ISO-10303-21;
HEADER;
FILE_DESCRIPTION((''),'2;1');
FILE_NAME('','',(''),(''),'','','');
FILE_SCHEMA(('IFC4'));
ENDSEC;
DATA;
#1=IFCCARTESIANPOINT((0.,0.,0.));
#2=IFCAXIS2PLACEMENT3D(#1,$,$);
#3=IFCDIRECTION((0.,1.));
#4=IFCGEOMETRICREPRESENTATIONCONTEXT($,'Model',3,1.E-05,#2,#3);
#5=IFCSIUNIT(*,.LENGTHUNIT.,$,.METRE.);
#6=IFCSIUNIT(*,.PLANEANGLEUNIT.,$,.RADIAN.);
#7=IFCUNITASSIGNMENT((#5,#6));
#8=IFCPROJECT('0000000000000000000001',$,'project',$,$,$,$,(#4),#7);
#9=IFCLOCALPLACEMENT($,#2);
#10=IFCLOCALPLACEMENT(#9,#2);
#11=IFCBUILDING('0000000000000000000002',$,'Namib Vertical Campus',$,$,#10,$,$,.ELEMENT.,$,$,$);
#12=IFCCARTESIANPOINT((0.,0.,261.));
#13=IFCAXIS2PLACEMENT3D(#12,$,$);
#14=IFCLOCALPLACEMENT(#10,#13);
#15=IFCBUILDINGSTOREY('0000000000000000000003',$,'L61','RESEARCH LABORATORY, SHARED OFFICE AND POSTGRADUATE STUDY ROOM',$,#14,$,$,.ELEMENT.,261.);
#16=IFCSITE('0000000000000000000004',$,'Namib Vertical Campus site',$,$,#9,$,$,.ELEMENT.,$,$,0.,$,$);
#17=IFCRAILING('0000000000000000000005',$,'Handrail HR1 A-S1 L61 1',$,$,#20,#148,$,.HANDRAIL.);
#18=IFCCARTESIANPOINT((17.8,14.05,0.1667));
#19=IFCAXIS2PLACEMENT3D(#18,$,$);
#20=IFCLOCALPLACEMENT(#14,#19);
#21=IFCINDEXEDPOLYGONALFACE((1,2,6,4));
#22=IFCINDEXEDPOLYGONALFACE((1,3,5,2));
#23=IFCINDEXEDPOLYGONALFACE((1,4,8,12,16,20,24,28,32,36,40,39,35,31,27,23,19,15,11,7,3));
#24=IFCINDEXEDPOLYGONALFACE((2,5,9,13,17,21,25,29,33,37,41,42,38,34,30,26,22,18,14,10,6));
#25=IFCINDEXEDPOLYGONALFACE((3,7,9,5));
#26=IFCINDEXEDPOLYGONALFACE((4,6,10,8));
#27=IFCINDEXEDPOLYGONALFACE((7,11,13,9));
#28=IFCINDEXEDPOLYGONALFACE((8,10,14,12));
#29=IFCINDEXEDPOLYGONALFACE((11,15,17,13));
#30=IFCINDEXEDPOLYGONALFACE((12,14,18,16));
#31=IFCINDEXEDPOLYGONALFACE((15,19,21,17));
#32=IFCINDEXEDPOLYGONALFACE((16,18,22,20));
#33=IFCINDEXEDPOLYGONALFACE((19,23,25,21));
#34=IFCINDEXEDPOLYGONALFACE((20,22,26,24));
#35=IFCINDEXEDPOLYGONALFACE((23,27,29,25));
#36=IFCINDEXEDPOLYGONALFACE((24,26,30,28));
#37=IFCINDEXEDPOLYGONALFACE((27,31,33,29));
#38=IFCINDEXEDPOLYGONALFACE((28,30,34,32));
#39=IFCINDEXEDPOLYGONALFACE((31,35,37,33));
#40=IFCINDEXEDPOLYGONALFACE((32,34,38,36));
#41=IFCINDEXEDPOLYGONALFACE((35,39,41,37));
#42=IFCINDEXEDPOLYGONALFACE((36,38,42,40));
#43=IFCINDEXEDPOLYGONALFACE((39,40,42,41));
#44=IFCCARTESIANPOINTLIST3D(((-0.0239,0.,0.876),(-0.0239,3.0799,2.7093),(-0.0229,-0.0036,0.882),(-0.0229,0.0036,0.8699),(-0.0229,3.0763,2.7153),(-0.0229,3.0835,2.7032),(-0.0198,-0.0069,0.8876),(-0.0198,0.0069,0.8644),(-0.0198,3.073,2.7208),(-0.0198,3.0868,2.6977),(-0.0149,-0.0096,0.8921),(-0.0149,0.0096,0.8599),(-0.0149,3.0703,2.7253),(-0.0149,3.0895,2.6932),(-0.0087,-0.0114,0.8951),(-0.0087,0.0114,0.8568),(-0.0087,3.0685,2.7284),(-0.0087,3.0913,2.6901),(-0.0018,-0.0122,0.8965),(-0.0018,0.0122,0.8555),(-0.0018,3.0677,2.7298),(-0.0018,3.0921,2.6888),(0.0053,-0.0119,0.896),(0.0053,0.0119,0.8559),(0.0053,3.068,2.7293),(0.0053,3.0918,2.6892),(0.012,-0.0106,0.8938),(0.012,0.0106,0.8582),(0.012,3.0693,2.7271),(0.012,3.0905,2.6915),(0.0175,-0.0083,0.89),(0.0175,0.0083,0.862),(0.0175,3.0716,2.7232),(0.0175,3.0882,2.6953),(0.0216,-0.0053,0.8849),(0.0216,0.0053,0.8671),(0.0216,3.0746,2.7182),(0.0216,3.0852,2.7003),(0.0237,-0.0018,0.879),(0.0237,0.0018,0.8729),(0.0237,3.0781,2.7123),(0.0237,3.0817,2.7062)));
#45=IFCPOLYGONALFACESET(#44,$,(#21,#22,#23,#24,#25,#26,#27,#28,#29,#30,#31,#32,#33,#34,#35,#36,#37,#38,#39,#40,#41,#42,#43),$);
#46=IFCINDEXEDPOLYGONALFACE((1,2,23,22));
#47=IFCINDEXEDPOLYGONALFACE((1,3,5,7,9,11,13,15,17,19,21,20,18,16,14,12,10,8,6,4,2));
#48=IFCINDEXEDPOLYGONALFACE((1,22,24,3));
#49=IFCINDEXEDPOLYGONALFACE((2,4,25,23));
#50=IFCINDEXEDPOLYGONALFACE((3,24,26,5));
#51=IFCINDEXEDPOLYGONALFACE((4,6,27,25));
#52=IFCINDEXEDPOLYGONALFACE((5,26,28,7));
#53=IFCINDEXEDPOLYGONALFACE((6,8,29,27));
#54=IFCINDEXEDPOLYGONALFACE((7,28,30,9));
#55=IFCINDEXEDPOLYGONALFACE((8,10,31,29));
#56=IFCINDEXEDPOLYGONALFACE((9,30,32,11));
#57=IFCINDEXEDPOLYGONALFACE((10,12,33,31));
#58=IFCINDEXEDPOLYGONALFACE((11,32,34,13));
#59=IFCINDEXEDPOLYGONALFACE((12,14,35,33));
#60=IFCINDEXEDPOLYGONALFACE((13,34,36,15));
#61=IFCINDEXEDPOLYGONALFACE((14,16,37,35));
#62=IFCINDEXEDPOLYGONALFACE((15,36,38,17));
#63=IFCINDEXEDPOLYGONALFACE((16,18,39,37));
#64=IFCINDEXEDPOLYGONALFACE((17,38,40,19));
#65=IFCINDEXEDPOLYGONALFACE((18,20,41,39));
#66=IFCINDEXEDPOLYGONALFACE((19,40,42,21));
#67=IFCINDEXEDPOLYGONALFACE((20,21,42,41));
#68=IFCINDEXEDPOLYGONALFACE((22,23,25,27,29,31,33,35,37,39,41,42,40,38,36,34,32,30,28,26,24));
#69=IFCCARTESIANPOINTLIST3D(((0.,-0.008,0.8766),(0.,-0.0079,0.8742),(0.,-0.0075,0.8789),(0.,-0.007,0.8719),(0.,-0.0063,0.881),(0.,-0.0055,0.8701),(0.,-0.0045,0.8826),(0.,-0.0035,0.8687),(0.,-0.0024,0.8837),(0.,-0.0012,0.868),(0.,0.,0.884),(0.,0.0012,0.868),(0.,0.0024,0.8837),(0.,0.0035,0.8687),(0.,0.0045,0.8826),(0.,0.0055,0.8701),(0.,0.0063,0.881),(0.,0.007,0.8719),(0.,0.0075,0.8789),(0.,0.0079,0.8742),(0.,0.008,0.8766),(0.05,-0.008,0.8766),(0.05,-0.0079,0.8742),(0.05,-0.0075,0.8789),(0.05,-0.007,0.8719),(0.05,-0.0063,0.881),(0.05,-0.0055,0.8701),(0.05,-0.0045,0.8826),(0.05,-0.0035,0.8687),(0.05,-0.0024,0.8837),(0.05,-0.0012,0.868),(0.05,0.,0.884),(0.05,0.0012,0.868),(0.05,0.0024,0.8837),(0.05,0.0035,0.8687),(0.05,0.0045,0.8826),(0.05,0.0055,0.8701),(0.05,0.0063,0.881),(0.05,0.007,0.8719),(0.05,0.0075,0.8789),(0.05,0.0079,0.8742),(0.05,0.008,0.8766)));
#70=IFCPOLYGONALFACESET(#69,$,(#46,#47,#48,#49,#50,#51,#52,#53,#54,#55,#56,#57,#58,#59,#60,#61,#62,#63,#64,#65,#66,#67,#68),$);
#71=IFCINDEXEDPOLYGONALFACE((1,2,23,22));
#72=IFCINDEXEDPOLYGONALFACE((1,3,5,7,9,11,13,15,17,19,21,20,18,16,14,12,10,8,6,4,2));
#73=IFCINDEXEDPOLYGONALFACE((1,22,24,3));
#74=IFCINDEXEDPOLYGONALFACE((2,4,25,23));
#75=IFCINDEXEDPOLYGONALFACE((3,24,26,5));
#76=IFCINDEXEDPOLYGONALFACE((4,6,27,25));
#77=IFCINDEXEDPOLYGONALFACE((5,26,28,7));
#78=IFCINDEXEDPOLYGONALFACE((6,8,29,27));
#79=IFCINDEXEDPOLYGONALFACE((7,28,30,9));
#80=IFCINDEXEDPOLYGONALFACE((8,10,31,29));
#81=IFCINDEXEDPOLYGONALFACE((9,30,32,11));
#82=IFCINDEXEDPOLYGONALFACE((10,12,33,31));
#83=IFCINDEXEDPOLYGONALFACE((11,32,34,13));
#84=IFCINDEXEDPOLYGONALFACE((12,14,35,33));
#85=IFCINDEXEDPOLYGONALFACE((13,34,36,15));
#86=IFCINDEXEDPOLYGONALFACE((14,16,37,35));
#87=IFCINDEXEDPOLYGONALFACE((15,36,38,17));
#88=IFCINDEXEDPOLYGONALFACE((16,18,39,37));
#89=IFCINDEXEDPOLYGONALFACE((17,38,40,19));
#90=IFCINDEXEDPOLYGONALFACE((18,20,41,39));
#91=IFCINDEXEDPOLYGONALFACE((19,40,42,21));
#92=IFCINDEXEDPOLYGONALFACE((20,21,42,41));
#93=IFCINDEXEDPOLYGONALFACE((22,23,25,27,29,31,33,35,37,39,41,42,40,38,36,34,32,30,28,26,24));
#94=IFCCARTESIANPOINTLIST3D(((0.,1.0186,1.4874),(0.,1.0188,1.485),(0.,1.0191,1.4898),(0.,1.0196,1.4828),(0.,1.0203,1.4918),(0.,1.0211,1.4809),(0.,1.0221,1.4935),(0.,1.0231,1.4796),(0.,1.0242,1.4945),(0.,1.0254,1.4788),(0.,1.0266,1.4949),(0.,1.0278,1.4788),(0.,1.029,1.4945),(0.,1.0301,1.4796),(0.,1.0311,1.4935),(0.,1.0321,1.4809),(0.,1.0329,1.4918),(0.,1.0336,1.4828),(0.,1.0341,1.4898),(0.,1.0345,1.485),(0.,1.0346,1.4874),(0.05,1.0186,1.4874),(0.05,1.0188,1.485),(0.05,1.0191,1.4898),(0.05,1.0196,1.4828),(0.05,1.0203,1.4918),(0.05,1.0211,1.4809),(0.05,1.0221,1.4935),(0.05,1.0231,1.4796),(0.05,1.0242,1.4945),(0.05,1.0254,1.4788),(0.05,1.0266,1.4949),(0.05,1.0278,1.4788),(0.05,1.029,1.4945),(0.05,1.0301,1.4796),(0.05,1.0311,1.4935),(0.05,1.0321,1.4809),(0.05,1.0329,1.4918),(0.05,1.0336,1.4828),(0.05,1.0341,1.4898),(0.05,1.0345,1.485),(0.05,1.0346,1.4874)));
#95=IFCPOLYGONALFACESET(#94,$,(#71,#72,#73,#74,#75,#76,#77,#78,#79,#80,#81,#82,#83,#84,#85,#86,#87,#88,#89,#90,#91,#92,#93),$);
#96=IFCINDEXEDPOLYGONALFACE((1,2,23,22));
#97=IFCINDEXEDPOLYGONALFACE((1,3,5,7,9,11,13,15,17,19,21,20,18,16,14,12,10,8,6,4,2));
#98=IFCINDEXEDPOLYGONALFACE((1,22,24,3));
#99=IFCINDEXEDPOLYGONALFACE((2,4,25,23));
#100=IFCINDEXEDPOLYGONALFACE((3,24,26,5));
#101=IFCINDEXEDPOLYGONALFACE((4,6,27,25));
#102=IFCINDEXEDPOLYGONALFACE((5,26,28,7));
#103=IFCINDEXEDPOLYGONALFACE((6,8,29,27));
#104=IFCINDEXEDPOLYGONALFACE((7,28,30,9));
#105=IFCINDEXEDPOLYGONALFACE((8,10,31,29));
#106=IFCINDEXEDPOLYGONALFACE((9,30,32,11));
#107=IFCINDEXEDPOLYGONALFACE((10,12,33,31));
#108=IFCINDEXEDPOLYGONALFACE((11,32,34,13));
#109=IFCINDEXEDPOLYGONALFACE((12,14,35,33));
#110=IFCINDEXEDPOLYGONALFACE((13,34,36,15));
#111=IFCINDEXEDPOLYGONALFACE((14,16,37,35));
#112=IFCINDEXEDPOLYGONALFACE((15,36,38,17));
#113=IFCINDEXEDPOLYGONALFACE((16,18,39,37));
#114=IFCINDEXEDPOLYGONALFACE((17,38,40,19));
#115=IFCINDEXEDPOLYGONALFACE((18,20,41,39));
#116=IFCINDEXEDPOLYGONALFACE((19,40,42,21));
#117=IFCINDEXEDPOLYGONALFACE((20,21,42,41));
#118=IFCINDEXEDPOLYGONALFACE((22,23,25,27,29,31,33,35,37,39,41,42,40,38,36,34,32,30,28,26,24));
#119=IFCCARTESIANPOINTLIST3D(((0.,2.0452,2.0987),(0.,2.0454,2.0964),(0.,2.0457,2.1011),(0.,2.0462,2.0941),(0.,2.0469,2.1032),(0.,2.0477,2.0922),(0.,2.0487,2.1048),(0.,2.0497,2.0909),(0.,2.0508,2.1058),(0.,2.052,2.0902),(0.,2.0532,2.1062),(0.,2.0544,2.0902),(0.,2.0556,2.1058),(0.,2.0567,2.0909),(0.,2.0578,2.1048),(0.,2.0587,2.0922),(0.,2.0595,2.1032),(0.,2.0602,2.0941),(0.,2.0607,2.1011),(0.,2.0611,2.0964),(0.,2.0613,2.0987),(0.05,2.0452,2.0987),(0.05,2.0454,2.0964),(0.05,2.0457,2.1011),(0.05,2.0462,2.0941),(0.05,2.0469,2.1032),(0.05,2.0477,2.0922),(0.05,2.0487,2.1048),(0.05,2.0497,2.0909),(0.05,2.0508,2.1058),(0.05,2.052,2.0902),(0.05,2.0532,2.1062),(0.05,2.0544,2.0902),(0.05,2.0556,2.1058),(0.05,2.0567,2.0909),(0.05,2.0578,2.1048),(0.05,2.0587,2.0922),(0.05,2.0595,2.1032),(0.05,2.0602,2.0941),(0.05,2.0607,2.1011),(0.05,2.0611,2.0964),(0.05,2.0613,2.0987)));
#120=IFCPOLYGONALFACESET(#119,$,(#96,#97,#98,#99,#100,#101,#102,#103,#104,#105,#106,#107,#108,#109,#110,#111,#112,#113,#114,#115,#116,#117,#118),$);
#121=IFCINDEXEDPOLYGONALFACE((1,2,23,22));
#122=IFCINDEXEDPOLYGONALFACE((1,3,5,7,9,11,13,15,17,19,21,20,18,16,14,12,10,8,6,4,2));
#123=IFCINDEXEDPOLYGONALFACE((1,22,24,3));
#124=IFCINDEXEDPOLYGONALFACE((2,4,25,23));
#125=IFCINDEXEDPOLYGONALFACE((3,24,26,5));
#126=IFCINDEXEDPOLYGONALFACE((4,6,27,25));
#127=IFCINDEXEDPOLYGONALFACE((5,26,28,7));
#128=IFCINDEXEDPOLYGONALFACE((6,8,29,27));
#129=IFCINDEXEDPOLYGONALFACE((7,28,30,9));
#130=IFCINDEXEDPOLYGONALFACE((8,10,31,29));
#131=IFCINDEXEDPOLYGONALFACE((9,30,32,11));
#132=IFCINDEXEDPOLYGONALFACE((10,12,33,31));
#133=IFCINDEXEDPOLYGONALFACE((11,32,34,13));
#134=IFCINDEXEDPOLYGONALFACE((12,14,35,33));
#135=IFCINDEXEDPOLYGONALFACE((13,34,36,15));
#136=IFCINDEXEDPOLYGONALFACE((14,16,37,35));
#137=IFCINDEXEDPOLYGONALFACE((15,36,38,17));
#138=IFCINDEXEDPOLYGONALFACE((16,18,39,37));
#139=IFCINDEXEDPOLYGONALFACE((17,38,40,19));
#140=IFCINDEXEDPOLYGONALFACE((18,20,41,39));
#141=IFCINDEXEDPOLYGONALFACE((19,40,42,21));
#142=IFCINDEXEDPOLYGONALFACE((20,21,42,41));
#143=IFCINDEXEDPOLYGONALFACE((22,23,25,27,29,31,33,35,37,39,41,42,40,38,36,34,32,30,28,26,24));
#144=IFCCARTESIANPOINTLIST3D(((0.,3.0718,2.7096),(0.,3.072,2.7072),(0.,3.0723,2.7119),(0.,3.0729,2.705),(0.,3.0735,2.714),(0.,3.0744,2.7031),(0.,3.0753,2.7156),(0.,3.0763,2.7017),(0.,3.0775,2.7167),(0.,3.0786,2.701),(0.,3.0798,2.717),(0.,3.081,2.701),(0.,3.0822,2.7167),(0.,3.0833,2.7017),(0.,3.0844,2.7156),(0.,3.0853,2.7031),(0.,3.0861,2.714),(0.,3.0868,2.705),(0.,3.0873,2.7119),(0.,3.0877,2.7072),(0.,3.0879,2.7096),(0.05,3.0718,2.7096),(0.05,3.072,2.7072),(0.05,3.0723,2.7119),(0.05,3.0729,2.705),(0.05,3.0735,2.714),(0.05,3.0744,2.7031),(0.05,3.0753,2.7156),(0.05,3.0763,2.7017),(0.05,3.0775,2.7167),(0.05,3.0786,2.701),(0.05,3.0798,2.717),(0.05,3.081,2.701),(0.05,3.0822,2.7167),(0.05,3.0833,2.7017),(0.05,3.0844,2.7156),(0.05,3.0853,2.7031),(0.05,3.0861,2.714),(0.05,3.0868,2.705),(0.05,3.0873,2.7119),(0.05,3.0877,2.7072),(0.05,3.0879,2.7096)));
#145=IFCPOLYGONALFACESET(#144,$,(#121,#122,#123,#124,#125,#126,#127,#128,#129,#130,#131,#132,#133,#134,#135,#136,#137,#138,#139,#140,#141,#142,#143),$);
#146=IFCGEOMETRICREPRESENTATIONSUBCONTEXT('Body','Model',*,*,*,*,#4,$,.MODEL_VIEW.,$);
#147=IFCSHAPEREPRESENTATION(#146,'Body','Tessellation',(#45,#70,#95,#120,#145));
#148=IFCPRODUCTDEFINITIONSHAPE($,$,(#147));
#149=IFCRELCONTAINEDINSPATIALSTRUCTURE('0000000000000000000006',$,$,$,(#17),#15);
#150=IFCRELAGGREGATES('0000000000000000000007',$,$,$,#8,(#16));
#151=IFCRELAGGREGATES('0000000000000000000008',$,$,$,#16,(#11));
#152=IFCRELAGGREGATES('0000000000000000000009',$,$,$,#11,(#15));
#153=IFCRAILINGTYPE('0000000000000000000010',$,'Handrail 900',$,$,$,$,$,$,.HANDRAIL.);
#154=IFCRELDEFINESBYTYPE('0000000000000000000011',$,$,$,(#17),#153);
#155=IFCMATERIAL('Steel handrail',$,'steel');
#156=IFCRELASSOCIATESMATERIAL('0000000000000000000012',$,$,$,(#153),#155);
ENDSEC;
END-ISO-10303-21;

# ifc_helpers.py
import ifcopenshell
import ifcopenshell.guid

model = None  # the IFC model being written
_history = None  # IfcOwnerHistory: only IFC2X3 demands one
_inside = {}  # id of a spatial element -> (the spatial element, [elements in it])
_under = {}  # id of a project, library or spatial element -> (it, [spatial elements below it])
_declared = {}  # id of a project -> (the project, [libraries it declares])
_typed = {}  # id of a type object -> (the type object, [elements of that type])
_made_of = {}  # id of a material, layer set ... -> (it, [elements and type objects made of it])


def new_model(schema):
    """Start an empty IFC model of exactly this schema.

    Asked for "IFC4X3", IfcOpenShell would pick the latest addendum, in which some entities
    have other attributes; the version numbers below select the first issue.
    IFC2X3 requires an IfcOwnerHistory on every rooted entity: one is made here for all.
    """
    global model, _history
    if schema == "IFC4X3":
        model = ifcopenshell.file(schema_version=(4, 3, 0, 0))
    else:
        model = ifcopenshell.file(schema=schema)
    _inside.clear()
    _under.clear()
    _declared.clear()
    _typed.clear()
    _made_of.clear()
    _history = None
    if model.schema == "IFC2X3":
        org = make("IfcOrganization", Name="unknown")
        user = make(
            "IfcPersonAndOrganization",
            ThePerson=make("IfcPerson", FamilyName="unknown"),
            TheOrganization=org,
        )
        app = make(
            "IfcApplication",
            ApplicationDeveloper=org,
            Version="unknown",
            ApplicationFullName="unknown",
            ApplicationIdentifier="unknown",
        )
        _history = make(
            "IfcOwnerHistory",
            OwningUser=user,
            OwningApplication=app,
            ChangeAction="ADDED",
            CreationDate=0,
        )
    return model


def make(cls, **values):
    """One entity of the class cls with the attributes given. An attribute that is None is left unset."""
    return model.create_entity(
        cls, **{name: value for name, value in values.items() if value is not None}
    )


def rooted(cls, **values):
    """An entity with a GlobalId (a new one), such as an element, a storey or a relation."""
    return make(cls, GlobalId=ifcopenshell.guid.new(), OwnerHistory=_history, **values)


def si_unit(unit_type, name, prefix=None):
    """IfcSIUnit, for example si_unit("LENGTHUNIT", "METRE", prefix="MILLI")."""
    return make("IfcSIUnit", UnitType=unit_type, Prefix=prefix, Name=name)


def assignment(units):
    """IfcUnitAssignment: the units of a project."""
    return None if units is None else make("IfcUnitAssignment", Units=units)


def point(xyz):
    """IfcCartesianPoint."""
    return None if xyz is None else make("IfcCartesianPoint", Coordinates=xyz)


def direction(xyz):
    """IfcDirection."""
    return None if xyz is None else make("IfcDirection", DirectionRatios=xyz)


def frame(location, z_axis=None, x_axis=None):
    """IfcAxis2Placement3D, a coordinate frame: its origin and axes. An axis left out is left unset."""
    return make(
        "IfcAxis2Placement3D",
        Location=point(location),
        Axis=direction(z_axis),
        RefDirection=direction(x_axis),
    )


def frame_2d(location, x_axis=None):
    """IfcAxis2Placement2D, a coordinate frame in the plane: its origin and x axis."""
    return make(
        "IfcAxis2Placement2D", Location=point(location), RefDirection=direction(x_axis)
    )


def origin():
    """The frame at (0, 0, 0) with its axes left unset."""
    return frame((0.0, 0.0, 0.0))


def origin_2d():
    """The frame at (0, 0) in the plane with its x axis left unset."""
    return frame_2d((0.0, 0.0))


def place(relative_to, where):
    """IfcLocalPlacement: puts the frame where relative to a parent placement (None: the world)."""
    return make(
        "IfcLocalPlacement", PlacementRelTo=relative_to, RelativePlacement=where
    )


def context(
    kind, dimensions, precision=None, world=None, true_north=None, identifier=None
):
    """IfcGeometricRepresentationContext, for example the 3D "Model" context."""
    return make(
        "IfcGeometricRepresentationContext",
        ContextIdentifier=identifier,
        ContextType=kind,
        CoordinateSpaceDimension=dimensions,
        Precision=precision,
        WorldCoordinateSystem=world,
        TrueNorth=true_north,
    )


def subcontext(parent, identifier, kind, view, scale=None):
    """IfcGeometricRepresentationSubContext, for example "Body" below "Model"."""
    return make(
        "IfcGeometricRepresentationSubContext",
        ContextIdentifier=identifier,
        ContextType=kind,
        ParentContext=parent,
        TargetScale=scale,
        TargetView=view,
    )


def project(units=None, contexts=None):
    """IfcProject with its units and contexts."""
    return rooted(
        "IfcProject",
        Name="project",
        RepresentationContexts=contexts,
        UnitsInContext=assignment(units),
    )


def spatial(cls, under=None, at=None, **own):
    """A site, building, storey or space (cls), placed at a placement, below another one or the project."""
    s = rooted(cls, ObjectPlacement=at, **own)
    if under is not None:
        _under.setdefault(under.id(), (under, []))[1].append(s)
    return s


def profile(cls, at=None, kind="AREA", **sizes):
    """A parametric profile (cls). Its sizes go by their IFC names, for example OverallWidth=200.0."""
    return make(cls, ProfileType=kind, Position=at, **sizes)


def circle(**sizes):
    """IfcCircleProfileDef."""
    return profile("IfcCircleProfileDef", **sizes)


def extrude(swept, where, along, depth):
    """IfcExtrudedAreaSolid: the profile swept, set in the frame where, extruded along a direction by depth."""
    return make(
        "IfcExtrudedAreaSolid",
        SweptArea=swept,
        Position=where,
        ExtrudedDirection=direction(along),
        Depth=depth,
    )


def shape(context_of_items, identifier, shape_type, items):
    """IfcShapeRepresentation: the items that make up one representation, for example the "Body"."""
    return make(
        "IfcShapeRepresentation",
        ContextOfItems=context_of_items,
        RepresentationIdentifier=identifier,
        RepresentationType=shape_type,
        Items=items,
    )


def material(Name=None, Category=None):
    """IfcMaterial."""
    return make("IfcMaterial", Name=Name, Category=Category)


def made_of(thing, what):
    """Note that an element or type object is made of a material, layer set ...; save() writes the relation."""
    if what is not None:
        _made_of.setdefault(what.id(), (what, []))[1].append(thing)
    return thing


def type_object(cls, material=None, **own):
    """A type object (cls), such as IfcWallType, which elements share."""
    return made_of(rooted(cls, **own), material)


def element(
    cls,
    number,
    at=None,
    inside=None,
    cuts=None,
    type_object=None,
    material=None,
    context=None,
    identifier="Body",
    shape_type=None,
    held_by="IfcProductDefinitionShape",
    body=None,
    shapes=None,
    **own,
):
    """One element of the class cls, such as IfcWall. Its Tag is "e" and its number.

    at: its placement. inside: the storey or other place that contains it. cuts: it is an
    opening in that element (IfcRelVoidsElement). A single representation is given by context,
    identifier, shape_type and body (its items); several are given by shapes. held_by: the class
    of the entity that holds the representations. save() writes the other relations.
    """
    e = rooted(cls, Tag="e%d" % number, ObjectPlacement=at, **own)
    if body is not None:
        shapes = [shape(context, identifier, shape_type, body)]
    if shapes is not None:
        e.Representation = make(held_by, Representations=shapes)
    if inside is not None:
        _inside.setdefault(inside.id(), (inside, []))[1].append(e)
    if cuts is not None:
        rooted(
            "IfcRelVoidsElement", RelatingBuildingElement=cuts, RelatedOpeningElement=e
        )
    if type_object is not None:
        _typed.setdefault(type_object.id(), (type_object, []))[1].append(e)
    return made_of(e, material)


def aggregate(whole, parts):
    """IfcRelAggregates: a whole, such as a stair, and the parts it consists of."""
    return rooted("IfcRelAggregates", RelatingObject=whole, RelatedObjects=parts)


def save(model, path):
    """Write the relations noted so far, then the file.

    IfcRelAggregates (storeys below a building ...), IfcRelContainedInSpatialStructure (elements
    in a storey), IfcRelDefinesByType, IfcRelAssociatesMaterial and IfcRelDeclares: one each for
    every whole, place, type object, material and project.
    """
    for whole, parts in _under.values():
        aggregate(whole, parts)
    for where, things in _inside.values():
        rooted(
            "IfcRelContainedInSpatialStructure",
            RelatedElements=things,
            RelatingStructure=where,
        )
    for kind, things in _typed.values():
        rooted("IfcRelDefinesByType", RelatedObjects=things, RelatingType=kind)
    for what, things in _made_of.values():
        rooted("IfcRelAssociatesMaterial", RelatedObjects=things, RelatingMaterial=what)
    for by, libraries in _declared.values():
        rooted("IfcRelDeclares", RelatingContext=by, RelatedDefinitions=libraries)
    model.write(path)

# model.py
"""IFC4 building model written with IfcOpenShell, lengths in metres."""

from ifc_helpers import new_model, si_unit, direction, frame, origin, origin_2d, place, context, subcontext, project, spatial, circle, extrude, material, type_object, element, save


model = new_model("IFC4")

# Units and contexts
model_context = context("Model", 3, precision=1e-05, world=origin(), true_north=direction((0.0, 1.0)))
body_context = subcontext(model_context, "Body", "Model", "MODEL_VIEW")
ifc_project = project(units=[si_unit("LENGTHUNIT", "METRE"), si_unit("PLANEANGLEUNIT", "RADIAN")], contexts=[model_context])

# Site, building, storey
site_placement = place(None, origin())
site = spatial("IfcSite", under=ifc_project, at=site_placement, Name="Namib Vertical Campus site", CompositionType="ELEMENT", RefElevation=0.0)
building_placement = place(site_placement, origin())
building = spatial("IfcBuilding", under=site, at=building_placement, Name="Namib Vertical Campus", CompositionType="ELEMENT")
storey_placement = place(building_placement, frame((0.0, 0.0, 261.0)))
storey = spatial("IfcBuildingStorey", under=building, at=storey_placement, Name="L61", Description="RESEARCH LABORATORY, SHARED OFFICE AND POSTGRADUATE STUDY ROOM", CompositionType="ELEMENT", Elevation=261.0)

# Railing
ifc_material_1 = material(Name="Steel handrail", Category="steel")
railing_type_1 = type_object("IfcRailingType", Name="Handrail 900", PredefinedType="HANDRAIL", material=ifc_material_1)
railing_1_placement = place(storey_placement, frame((17.8, 14.05, 0.1667)))
element("IfcRailing", 1, at=railing_1_placement, inside=storey, type_object=railing_type_1, Name="Handrail HR1 A-S1 L61 1", PredefinedType="HANDRAIL", context=body_context, shape_type="SweptSolid", body=[
    extrude(circle(Radius=0.0239, at=origin_2d()), frame((0.0, 0.0, 0.876), z_axis=(0.0, 0.859291, 0.511487), x_axis=(-1.0, 0.0, 0.0)), (0.0, 0.0, 1.0), 3.5842),
    extrude(circle(Radius=0.0081, at=origin_2d()), frame((0.0, 0.0, 0.876), z_axis=(1.0, 0.0, 0.0), x_axis=(0.0, 0.0, 1.0)), (0.0, 0.0, 1.0), 0.05),
    extrude(circle(Radius=0.0081, at=origin_2d()), frame((0.0, 1.0266, 1.4868), z_axis=(1.0, 0.0, 0.0), x_axis=(0.0, 0.0, 1.0)), (0.0, 0.0, 1.0), 0.05),
    extrude(circle(Radius=0.0081, at=origin_2d()), frame((0.0, 2.0532, 2.0981), z_axis=(1.0, 0.0, 0.0), x_axis=(0.0, 0.0, 1.0)), (0.0, 0.0, 1.0), 0.05),
    extrude(circle(Radius=0.0081, at=origin_2d()), frame((0.0, 3.0798, 2.709), z_axis=(1.0, 0.0, 0.0), x_axis=(0.0, 0.0, 1.0)), (0.0, 0.0, 1.0), 0.05),
])

save(model, "model.ifc")
